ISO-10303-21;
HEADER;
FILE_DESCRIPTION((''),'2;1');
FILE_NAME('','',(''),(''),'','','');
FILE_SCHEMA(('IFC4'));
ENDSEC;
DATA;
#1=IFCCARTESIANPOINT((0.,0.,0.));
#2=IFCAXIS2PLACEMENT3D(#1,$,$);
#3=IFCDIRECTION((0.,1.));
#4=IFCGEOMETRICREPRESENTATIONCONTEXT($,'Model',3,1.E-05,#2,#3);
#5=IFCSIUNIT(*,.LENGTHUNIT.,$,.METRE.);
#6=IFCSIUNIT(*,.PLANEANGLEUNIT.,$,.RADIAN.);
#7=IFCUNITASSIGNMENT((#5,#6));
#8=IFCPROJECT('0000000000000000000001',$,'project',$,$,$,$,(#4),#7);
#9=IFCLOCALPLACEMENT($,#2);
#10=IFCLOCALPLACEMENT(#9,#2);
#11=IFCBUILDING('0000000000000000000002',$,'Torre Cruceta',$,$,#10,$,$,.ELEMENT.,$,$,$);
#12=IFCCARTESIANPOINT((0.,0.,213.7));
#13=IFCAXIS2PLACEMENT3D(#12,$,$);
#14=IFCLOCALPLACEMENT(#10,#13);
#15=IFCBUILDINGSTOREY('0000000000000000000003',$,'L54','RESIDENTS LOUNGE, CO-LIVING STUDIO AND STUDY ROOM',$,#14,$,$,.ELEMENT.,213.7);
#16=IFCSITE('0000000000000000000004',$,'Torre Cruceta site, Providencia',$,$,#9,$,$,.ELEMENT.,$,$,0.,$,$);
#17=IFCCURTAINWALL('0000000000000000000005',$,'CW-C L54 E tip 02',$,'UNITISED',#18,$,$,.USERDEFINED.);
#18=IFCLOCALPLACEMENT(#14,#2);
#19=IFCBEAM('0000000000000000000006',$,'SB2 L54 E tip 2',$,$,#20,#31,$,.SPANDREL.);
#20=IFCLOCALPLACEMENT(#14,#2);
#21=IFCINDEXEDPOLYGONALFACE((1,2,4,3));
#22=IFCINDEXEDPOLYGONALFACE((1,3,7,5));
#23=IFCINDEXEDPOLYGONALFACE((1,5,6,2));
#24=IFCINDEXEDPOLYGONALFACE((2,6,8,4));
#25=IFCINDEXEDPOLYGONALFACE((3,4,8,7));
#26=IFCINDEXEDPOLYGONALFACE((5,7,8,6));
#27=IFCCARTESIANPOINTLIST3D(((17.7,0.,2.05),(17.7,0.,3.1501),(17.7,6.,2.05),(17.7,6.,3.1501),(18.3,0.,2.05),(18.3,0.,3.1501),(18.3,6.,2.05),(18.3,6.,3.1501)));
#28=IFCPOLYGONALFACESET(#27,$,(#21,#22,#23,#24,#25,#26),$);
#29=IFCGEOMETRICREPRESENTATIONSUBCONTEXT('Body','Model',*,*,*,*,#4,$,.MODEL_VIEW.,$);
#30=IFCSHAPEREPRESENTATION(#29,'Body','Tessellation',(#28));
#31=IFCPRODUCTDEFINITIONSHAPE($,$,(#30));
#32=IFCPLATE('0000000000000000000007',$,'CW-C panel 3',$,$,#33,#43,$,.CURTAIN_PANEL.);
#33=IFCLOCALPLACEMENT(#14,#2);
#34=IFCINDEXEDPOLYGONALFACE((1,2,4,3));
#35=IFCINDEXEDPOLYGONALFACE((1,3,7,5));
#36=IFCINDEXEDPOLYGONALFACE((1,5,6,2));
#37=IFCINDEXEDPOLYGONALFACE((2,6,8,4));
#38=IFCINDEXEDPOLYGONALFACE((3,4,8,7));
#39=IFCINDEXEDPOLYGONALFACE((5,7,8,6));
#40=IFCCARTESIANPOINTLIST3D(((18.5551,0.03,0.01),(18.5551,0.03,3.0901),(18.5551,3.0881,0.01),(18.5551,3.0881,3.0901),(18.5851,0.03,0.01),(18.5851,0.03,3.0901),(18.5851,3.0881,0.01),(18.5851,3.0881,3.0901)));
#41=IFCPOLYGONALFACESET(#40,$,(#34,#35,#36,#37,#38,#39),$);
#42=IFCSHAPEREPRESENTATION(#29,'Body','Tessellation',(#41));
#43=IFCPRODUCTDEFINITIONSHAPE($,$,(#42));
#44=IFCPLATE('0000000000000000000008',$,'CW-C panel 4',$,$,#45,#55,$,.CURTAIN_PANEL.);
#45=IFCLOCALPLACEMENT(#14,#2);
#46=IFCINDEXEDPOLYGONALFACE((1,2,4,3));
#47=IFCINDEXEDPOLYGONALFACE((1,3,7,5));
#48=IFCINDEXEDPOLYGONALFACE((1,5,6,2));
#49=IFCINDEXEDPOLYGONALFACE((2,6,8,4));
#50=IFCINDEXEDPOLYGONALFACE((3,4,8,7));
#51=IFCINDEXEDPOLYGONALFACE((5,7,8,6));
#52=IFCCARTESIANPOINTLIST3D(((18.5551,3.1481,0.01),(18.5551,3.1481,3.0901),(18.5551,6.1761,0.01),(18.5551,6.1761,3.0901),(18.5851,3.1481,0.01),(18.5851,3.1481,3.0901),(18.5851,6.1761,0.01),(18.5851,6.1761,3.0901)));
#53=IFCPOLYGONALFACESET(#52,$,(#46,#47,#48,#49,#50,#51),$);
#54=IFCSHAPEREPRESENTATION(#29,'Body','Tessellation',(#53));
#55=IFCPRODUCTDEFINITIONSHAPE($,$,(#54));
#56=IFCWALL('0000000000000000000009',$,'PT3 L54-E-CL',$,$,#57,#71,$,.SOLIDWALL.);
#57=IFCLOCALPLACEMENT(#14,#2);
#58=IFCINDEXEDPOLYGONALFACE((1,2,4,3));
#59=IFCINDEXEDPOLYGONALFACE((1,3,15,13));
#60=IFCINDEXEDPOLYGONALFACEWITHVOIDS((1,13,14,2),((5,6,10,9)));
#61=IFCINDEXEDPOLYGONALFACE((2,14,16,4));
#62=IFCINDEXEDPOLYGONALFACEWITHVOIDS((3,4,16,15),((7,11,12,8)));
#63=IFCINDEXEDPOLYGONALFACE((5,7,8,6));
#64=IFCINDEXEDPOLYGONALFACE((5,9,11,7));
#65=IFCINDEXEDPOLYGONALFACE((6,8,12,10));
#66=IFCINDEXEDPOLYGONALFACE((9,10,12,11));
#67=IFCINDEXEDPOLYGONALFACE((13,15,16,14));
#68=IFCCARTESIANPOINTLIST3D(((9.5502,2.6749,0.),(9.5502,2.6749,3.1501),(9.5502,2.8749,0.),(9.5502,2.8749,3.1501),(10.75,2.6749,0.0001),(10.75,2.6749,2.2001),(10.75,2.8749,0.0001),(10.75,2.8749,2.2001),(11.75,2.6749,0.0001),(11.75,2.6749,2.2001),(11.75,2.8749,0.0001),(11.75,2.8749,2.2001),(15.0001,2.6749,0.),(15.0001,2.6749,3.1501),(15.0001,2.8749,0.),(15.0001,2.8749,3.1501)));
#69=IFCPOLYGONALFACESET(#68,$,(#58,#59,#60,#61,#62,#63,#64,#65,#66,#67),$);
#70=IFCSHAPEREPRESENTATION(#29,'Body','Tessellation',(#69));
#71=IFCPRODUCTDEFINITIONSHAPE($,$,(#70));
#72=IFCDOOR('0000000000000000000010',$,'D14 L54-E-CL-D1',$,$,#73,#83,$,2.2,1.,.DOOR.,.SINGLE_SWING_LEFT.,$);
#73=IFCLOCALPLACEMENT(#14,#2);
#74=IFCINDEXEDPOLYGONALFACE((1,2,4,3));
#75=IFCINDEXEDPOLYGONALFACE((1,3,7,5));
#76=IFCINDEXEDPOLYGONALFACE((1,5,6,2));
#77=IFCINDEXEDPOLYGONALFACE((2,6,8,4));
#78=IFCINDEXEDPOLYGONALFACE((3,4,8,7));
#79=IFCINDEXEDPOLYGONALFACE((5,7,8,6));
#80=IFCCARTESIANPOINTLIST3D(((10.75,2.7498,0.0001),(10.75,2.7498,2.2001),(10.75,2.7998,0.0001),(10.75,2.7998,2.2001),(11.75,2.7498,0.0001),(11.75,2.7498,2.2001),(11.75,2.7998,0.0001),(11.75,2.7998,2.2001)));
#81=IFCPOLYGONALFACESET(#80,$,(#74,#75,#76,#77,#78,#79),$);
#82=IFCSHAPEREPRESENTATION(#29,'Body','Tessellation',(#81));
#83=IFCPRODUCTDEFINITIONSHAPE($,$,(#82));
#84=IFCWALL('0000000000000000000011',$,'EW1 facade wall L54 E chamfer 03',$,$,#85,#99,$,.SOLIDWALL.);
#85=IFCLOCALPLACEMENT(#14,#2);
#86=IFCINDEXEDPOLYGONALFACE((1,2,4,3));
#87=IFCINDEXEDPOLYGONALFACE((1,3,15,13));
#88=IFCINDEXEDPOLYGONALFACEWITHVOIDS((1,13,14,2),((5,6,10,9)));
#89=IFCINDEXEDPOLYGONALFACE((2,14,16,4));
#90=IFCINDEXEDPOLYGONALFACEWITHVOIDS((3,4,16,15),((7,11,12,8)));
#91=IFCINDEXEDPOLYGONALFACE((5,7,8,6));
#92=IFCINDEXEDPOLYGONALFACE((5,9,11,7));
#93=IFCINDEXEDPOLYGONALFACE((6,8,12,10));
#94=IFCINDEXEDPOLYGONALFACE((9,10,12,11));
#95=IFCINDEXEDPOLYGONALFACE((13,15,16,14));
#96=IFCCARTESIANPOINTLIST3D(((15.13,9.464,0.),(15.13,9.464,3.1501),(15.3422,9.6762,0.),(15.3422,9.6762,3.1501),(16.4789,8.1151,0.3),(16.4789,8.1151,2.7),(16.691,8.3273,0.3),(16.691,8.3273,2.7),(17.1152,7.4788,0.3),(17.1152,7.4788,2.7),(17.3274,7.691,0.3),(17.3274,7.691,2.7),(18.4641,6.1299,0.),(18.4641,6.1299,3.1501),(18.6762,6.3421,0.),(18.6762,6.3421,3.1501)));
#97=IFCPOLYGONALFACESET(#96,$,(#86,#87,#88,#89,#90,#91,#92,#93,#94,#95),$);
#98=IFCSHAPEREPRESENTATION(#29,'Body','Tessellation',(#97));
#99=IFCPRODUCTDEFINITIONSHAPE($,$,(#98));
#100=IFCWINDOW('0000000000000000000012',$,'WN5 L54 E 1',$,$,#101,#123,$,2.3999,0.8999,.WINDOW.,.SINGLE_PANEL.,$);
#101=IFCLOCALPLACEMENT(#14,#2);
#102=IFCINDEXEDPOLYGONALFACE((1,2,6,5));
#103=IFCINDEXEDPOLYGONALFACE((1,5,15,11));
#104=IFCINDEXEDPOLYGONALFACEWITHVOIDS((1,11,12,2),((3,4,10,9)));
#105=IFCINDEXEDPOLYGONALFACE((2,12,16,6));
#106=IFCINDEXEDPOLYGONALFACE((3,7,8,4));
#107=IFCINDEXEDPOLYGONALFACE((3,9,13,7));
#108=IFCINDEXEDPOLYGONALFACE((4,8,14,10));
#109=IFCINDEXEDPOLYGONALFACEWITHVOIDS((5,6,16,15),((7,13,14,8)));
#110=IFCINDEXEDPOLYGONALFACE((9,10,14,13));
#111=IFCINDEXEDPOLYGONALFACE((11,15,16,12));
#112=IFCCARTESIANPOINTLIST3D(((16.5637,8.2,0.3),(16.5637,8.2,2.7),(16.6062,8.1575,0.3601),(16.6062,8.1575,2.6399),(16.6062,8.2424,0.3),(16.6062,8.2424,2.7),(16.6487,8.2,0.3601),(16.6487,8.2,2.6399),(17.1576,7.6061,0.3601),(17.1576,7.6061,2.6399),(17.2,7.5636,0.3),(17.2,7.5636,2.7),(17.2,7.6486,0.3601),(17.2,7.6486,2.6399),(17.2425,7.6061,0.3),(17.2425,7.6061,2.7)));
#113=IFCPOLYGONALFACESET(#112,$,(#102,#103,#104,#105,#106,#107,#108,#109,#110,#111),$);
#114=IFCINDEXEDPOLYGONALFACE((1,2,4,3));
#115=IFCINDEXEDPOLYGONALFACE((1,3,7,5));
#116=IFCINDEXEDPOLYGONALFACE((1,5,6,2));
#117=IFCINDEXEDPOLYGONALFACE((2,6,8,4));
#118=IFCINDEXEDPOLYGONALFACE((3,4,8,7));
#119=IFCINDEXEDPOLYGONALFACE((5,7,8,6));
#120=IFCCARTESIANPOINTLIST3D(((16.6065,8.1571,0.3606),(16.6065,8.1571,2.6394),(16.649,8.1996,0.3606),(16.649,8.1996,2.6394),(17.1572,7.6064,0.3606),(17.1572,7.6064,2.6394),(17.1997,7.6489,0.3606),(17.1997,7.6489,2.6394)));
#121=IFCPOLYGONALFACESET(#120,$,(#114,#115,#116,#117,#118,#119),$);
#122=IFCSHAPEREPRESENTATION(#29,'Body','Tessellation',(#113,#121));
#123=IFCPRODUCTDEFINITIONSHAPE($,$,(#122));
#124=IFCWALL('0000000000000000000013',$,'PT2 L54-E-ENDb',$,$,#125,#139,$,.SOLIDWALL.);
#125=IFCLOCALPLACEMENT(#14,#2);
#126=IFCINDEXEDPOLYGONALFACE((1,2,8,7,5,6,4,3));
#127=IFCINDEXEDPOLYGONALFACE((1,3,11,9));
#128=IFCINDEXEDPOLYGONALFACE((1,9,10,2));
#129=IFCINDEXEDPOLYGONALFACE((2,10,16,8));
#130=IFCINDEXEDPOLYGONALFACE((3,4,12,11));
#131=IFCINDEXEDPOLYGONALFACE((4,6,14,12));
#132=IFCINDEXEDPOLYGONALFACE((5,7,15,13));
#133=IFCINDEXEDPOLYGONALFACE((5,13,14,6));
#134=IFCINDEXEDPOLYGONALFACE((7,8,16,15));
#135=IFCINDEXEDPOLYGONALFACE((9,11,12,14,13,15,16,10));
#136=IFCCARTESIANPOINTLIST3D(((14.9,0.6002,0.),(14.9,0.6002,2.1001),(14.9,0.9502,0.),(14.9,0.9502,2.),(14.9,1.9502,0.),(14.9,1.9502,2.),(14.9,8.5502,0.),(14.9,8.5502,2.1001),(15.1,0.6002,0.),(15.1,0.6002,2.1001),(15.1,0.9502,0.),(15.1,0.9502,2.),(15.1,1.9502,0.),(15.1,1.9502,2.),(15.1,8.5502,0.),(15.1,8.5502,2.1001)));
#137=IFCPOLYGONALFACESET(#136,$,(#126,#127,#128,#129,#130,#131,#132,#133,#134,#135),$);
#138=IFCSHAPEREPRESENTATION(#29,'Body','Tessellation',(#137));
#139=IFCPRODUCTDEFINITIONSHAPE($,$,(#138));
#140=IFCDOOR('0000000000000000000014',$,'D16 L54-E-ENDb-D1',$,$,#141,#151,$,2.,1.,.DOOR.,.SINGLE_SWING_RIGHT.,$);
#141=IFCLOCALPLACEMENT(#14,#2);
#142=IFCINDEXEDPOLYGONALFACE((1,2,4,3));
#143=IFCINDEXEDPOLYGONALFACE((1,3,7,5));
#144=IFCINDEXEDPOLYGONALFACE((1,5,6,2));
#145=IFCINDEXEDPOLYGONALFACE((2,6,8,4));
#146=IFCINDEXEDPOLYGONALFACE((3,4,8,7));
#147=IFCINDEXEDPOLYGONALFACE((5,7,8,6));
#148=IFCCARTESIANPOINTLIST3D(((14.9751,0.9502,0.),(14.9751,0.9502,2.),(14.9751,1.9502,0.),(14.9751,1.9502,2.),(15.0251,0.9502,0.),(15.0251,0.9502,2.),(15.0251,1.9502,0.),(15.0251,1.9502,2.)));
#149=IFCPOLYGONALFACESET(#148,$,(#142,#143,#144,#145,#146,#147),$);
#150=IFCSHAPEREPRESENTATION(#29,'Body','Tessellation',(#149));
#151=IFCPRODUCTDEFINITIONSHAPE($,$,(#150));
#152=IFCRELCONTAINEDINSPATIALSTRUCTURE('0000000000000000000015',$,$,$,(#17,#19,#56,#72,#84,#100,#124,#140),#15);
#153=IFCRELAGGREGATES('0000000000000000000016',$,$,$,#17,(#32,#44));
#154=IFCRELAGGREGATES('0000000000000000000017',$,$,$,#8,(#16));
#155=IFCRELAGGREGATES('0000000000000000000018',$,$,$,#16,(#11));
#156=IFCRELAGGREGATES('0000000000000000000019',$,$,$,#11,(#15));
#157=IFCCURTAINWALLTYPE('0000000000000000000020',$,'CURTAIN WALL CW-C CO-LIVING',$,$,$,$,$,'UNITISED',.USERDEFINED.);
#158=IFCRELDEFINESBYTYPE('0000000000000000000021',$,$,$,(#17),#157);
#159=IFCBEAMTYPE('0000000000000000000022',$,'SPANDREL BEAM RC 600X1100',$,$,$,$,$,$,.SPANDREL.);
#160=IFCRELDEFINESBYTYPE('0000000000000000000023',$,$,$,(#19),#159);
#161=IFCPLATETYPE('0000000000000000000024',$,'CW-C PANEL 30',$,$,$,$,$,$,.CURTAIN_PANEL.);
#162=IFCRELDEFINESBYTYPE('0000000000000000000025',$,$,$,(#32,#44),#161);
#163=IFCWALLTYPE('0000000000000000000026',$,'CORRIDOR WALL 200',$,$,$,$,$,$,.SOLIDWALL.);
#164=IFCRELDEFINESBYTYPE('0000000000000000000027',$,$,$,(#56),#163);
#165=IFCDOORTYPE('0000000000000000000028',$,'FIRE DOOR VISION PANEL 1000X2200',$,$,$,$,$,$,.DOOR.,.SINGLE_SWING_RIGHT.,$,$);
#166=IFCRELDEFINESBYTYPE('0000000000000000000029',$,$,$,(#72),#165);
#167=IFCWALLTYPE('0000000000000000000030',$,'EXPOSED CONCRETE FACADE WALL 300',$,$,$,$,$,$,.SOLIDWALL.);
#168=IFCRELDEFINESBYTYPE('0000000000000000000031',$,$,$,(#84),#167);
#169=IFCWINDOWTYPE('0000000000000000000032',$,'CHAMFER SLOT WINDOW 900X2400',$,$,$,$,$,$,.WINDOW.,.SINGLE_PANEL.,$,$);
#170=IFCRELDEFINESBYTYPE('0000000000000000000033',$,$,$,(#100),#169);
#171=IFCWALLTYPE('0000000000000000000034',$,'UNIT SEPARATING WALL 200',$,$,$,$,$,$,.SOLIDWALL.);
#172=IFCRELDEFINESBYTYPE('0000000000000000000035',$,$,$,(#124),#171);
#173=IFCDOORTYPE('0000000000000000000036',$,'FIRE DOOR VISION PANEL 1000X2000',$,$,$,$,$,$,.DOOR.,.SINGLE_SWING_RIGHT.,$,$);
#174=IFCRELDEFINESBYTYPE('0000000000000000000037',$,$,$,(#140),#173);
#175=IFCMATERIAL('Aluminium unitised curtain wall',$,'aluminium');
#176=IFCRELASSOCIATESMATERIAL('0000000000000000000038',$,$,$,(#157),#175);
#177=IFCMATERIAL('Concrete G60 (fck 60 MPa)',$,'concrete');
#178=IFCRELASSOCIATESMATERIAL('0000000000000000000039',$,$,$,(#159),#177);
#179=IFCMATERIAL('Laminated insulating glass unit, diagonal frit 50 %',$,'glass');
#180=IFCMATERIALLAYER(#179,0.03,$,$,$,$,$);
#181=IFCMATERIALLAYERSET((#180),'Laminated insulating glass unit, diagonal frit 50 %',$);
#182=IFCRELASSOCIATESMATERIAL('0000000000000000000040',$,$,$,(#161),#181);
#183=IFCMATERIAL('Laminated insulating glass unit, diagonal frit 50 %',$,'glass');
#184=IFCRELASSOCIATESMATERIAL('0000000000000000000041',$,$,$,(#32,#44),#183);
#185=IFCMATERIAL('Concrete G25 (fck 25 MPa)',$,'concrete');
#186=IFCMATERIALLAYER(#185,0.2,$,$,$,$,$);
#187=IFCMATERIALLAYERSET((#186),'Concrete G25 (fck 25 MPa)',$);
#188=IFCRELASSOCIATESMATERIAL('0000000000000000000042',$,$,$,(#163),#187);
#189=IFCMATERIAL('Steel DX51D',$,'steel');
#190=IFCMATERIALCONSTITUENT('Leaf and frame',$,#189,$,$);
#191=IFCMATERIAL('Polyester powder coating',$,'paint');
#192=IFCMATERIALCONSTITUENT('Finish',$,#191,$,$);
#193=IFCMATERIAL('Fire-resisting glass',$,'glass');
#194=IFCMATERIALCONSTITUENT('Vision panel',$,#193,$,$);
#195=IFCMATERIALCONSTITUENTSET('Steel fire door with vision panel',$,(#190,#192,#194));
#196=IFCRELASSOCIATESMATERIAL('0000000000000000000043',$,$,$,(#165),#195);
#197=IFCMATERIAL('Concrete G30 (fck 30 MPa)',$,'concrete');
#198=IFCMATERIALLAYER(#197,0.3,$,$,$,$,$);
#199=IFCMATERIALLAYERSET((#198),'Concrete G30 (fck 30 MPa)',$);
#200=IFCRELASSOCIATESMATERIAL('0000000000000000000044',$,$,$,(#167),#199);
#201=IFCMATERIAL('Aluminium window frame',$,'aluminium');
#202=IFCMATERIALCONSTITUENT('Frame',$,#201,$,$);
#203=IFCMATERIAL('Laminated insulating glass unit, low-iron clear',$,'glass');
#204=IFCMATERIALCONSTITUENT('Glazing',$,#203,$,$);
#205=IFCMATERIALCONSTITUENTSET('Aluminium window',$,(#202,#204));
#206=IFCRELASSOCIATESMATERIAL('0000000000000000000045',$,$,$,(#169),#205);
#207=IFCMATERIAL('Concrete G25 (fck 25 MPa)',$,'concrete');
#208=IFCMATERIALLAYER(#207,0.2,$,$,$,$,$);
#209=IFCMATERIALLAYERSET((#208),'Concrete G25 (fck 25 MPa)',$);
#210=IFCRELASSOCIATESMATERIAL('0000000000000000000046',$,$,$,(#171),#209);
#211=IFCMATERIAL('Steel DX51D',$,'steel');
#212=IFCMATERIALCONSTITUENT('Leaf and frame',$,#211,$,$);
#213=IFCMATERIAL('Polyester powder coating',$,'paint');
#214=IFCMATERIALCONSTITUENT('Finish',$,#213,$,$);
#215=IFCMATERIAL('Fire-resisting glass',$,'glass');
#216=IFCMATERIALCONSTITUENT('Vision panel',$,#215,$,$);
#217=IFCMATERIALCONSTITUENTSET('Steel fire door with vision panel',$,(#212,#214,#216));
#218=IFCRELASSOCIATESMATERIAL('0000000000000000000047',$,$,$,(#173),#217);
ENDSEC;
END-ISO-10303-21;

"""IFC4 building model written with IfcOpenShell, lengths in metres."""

from ifc_helpers import new_model, si_unit, direction, frame, frame_2d, origin, origin_2d, place, context, subcontext, project, spatial, rectangle, hollow_rectangle, extrude, material, layer, layer_set, constituent, constituent_set, material_profile, profile_set, type_object, element, fill, aggregate, save


model = new_model("IFC4")

# Units and contexts
model_context = context("Model", 3, precision=1e-05, world=origin(), true_north=direction((0.0, 1.0)))
body_context = subcontext(model_context, "Body", "Model", "MODEL_VIEW")
ifc_project = project(units=[si_unit("LENGTHUNIT", "METRE"), si_unit("PLANEANGLEUNIT", "RADIAN")], contexts=[model_context])

# Site, building, storey
site_placement = place(None, origin())
site = spatial("IfcSite", under=ifc_project, at=site_placement, Name="Torre Cruceta site, Providencia", CompositionType="ELEMENT", RefElevation=0.0)
building_placement = place(site_placement, origin())
building = spatial("IfcBuilding", under=site, at=building_placement, Name="Torre Cruceta", CompositionType="ELEMENT")
storey_placement = place(building_placement, frame((0.0, 0.0, 213.7)))
storey = spatial("IfcBuildingStorey", under=building, at=storey_placement, Name="L54", Description="RESIDENTS LOUNGE, CO-LIVING STUDIO AND STUDY ROOM", CompositionType="ELEMENT", Elevation=213.7)

# Curtain wall
ifc_material_1 = material(Name="Aluminium unitised curtain wall", Category="aluminium")
curtain_wall_type = type_object("IfcCurtainWallType", Name="CURTAIN WALL CW-C CO-LIVING", ElementType="UNITISED", PredefinedType="USERDEFINED", material=ifc_material_1)
curtain_wall_placement = place(storey_placement, origin())
curtain_wall = element("IfcCurtainWall", 1, at=curtain_wall_placement, inside=storey, type_object=curtain_wall_type, Name="CW-C L54 E tip 02", ObjectType="UNITISED", PredefinedType="USERDEFINED")

# Beam
ifc_material_2 = material(Name="Concrete G60 (fck 60 MPa)", Category="concrete")
ifc_material_profile_1 = material_profile(ifc_material_2, rectangle(XDim=0.6001, YDim=1.1001, at=origin_2d()), Name="RC 600X1100")
ifc_profile_set_1 = profile_set([ifc_material_profile_1], Name="Concrete G60 (fck 60 MPa)")
beam_type_1 = type_object("IfcBeamType", Name="SPANDREL BEAM RC 600X1100", PredefinedType="SPANDREL", material=ifc_profile_set_1)
for number, where, z_axis, x_axis, name in (
    (2, (18.0, 0.0, 2.6001), (0.0, 1.0, 0.0), (-1.0, 0.0, 0.0), "SB2 L54 E tip 2"),
):
    element("IfcBeam", number, at=place(storey_placement, frame(where, z_axis=z_axis, x_axis=x_axis)), inside=storey, type_object=beam_type_1, Name=name, PredefinedType="SPANDREL", context=body_context, shape_type="SweptSolid", body=[
        extrude(rectangle(XDim=0.6001, YDim=1.1001, at=origin_2d()), origin(), (0.0, 0.0, 1.0), 6.0),
    ])

# Plates
ifc_material_3 = material(Name="Laminated insulating glass unit, diagonal frit 50 %", Category="glass")
ifc_material_4 = material(Name="Laminated insulating glass unit, diagonal frit 50 %", Category="glass")
ifc_layer_1 = layer(ifc_material_4, 0.03)
ifc_layer_set_1 = layer_set([ifc_layer_1], Name="Laminated insulating glass unit, diagonal frit 50 %")
plate_type = type_object("IfcPlateType", Name="CW-C PANEL 30", PredefinedType="CURTAIN_PANEL", material=ifc_layer_set_1)
plate_1_placement = place(storey_placement, frame((18.5701, 1.5591, 0.01), z_axis=(0.0, 0.0, 1.0), x_axis=(0.0, 1.0, 0.0)))
plate_1 = element("IfcPlate", 3, at=plate_1_placement, type_object=plate_type, material=ifc_material_3, Name="CW-C panel 3", PredefinedType="CURTAIN_PANEL", context=body_context, shape_type="SweptSolid", body=[
    extrude(rectangle(XDim=3.0581, YDim=0.03, at=origin_2d()), origin(), (0.0, 0.0, 1.0), 3.0801),
])
plate_2_placement = place(storey_placement, frame((18.5701, 4.6621, 0.01), z_axis=(0.0, 0.0, 1.0), x_axis=(0.0, 1.0, 0.0)))
plate_2 = element("IfcPlate", 4, at=plate_2_placement, type_object=plate_type, material=ifc_material_3, Name="CW-C panel 4", PredefinedType="CURTAIN_PANEL", context=body_context, shape_type="SweptSolid", body=[
    extrude(rectangle(XDim=3.0281, YDim=0.03, at=origin_2d()), origin(), (0.0, 0.0, 1.0), 3.0801),
])
aggregate(curtain_wall, [plate_1, plate_2])

# Wall, opening, door
ifc_material_5 = material(Name="Concrete G25 (fck 25 MPa)", Category="concrete")
ifc_layer_2 = layer(ifc_material_5, 0.2)
ifc_layer_set_2 = layer_set([ifc_layer_2], Name="Concrete G25 (fck 25 MPa)")
wall_type_1 = type_object("IfcWallType", Name="CORRIDOR WALL 200", PredefinedType="SOLIDWALL", material=ifc_layer_set_2)
wall_1_placement = place(storey_placement, frame((9.55, 2.7749, 0.0), z_axis=(0.0, 0.0, 1.0), x_axis=(1.0, 0.0, 0.0)))
wall_1 = element("IfcWall", 5, at=wall_1_placement, inside=storey, type_object=wall_type_1, Name="PT3 L54-E-CL", PredefinedType="SOLIDWALL", context=body_context, shape_type="SweptSolid", body=[
    extrude(rectangle(XDim=5.45, YDim=0.2, at=frame_2d((2.7251, 0.0))), origin(), (0.0, 0.0, 1.0), 3.1501),
])
opening_1_placement = place(wall_1_placement, frame((1.2, 0.0, 0.0)))
opening_1 = element("IfcOpeningElement", 6, at=opening_1_placement, cuts=wall_1, PredefinedType="OPENING", context=body_context, shape_type="SweptSolid", body=[
    extrude(rectangle(XDim=1.0, YDim=2.2, at=frame_2d((0.5, 1.1001))), frame((0.0, 0.1099, 0.0), z_axis=(0.0, -1.0, 0.0), x_axis=(1.0, 0.0, 0.0)), (0.0, 0.0, 1.0), 0.22),
])
ifc_material_6 = material(Name="Steel DX51D", Category="steel")
ifc_constituent_1 = constituent(ifc_material_6, Name="Leaf and frame")
ifc_material_7 = material(Name="Polyester powder coating", Category="paint")
ifc_constituent_2 = constituent(ifc_material_7, Name="Finish")
ifc_material_8 = material(Name="Fire-resisting glass", Category="glass")
ifc_constituent_3 = constituent(ifc_material_8, Name="Vision panel")
ifc_constituent_set_1 = constituent_set(constituents=[ifc_constituent_1, ifc_constituent_2, ifc_constituent_3], Name="Steel fire door with vision panel")
door_type_1 = type_object("IfcDoorType", Name="FIRE DOOR VISION PANEL 1000X2200", OperationType="SINGLE_SWING_RIGHT", PredefinedType="DOOR", material=ifc_constituent_set_1)
door_1_placement = place(opening_1_placement, origin())
door_1 = element("IfcDoor", 7, at=door_1_placement, inside=storey, type_object=door_type_1, Name="D14 L54-E-CL-D1", OperationType="SINGLE_SWING_LEFT", OverallHeight=2.2, OverallWidth=1.0, PredefinedType="DOOR", context=body_context, shape_type="SweptSolid", body=[
    extrude(rectangle(XDim=1.0, YDim=2.2, at=frame_2d((0.5, 1.1001))), frame((0.0, 0.0249, 0.0), z_axis=(0.0, -1.0, 0.0), x_axis=(1.0, 0.0, 0.0)), (0.0, 0.0, 1.0), 0.05),
])
fill(opening_1, door_1)

# Wall, opening, window
ifc_material_9 = material(Name="Concrete G30 (fck 30 MPa)", Category="concrete")
ifc_layer_3 = layer(ifc_material_9, 0.3)
ifc_layer_set_3 = layer_set([ifc_layer_3], Name="Concrete G30 (fck 30 MPa)")
wall_type_2 = type_object("IfcWallType", Name="EXPOSED CONCRETE FACADE WALL 300", PredefinedType="SOLIDWALL", material=ifc_layer_set_3)
wall_2_placement = place(storey_placement, frame((18.5701, 6.2361, 0.0), z_axis=(0.0, 0.0, 1.0), x_axis=(-0.707107, 0.707107, 0.0)))
wall_2 = element("IfcWall", 8, at=wall_2_placement, inside=storey, type_object=wall_type_2, Name="EW1 facade wall L54 E chamfer 03", PredefinedType="SOLIDWALL", context=body_context, shape_type="SweptSolid", body=[
    extrude(rectangle(XDim=4.7151, YDim=0.3, at=frame_2d((2.3574, 0.0))), origin(), (0.0, 0.0, 1.0), 3.1501),
])
opening_2_placement = place(wall_2_placement, frame((1.9075, 0.0, 0.3)))
opening_2 = element("IfcOpeningElement", 9, at=opening_2_placement, cuts=wall_2, PredefinedType="OPENING", context=body_context, shape_type="SweptSolid", body=[
    extrude(rectangle(XDim=0.8999, YDim=2.3999, at=frame_2d((0.45, 1.2))), frame((0.0, 0.1599, 0.0), z_axis=(0.0, -1.0, 0.0), x_axis=(1.0, 0.0, 0.0)), (0.0, 0.0, 1.0), 0.3201),
])
ifc_material_10 = material(Name="Aluminium window frame", Category="aluminium")
ifc_constituent_4 = constituent(ifc_material_10, Name="Frame")
ifc_material_11 = material(Name="Laminated insulating glass unit, low-iron clear", Category="glass")
ifc_constituent_5 = constituent(ifc_material_11, Name="Glazing")
ifc_constituent_set_2 = constituent_set(constituents=[ifc_constituent_4, ifc_constituent_5], Name="Aluminium window")
window_type = type_object("IfcWindowType", Name="CHAMFER SLOT WINDOW 900X2400", PartitioningType="SINGLE_PANEL", PredefinedType="WINDOW", material=ifc_constituent_set_2)
window_placement = place(opening_2_placement, origin())
window = element("IfcWindow", 10, at=window_placement, inside=storey, type_object=window_type, Name="WN5 L54 E 1", OverallHeight=2.3999, OverallWidth=0.8999, PartitioningType="SINGLE_PANEL", PredefinedType="WINDOW", context=body_context, shape_type="SweptSolid", body=[
    extrude(hollow_rectangle(XDim=0.8999, YDim=2.3999, WallThickness=0.0601, at=frame_2d((0.45, 1.2))), frame((0.0, 0.03, 0.0), z_axis=(0.0, -1.0, 0.0), x_axis=(1.0, 0.0, 0.0)), (0.0, 0.0, 1.0), 0.0601),
    extrude(rectangle(XDim=0.7788, YDim=2.2788, at=frame_2d((0.45, 1.2))), frame((0.0, 0.03, 0.0), z_axis=(0.0, -1.0, 0.0), x_axis=(1.0, 0.0, 0.0)), (0.0, 0.0, 1.0), 0.0601),
])
fill(opening_2, window)

# Wall, opening, door
ifc_material_12 = material(Name="Concrete G25 (fck 25 MPa)", Category="concrete")
ifc_layer_4 = layer(ifc_material_12, 0.2)
ifc_layer_set_4 = layer_set([ifc_layer_4], Name="Concrete G25 (fck 25 MPa)")
wall_type_3 = type_object("IfcWallType", Name="UNIT SEPARATING WALL 200", PredefinedType="SOLIDWALL", material=ifc_layer_set_4)
wall_3_placement = place(storey_placement, frame((15.0, 0.6001, 0.0), z_axis=(0.0, 0.0, 1.0), x_axis=(0.0, 1.0, 0.0)))
wall_3 = element("IfcWall", 11, at=wall_3_placement, inside=storey, type_object=wall_type_3, Name="PT2 L54-E-ENDb", PredefinedType="SOLIDWALL", context=body_context, shape_type="SweptSolid", body=[
    extrude(rectangle(XDim=7.95, YDim=0.2, at=frame_2d((3.9751, 0.0))), origin(), (0.0, 0.0, 1.0), 2.1001),
])
opening_3_placement = place(wall_3_placement, frame((0.3501, 0.0, 0.0)))
opening_3 = element("IfcOpeningElement", 12, at=opening_3_placement, cuts=wall_3, PredefinedType="OPENING", context=body_context, shape_type="SweptSolid", body=[
    extrude(rectangle(XDim=1.0, YDim=2.0, at=frame_2d((0.5, 1.0))), frame((0.0, 0.1099, 0.0), z_axis=(0.0, -1.0, 0.0), x_axis=(1.0, 0.0, 0.0)), (0.0, 0.0, 1.0), 0.22),
])
ifc_material_13 = material(Name="Steel DX51D", Category="steel")
ifc_constituent_6 = constituent(ifc_material_13, Name="Leaf and frame")
ifc_material_14 = material(Name="Polyester powder coating", Category="paint")
ifc_constituent_7 = constituent(ifc_material_14, Name="Finish")
ifc_material_15 = material(Name="Fire-resisting glass", Category="glass")
ifc_constituent_8 = constituent(ifc_material_15, Name="Vision panel")
ifc_constituent_set_3 = constituent_set(constituents=[ifc_constituent_6, ifc_constituent_7, ifc_constituent_8], Name="Steel fire door with vision panel")
door_type_2 = type_object("IfcDoorType", Name="FIRE DOOR VISION PANEL 1000X2000", OperationType="SINGLE_SWING_RIGHT", PredefinedType="DOOR", material=ifc_constituent_set_3)
door_2_placement = place(opening_3_placement, frame((1.0, 0.0, 0.0), z_axis=(0.0, 0.0, 1.0), x_axis=(-1.0, 0.0, 0.0)))
door_2 = element("IfcDoor", 13, at=door_2_placement, inside=storey, type_object=door_type_2, Name="D16 L54-E-ENDb-D1", OperationType="SINGLE_SWING_RIGHT", OverallHeight=2.0, OverallWidth=1.0, PredefinedType="DOOR", context=body_context, shape_type="SweptSolid", body=[
    extrude(rectangle(XDim=1.0, YDim=2.0, at=frame_2d((0.5, 1.0))), frame((0.0, 0.0251, 0.0), z_axis=(0.0, -1.0, 0.0), x_axis=(1.0, 0.0, 0.0)), (0.0, 0.0, 1.0), 0.05),
])
fill(opening_3, door_2)

save(model, "model.ifc")
